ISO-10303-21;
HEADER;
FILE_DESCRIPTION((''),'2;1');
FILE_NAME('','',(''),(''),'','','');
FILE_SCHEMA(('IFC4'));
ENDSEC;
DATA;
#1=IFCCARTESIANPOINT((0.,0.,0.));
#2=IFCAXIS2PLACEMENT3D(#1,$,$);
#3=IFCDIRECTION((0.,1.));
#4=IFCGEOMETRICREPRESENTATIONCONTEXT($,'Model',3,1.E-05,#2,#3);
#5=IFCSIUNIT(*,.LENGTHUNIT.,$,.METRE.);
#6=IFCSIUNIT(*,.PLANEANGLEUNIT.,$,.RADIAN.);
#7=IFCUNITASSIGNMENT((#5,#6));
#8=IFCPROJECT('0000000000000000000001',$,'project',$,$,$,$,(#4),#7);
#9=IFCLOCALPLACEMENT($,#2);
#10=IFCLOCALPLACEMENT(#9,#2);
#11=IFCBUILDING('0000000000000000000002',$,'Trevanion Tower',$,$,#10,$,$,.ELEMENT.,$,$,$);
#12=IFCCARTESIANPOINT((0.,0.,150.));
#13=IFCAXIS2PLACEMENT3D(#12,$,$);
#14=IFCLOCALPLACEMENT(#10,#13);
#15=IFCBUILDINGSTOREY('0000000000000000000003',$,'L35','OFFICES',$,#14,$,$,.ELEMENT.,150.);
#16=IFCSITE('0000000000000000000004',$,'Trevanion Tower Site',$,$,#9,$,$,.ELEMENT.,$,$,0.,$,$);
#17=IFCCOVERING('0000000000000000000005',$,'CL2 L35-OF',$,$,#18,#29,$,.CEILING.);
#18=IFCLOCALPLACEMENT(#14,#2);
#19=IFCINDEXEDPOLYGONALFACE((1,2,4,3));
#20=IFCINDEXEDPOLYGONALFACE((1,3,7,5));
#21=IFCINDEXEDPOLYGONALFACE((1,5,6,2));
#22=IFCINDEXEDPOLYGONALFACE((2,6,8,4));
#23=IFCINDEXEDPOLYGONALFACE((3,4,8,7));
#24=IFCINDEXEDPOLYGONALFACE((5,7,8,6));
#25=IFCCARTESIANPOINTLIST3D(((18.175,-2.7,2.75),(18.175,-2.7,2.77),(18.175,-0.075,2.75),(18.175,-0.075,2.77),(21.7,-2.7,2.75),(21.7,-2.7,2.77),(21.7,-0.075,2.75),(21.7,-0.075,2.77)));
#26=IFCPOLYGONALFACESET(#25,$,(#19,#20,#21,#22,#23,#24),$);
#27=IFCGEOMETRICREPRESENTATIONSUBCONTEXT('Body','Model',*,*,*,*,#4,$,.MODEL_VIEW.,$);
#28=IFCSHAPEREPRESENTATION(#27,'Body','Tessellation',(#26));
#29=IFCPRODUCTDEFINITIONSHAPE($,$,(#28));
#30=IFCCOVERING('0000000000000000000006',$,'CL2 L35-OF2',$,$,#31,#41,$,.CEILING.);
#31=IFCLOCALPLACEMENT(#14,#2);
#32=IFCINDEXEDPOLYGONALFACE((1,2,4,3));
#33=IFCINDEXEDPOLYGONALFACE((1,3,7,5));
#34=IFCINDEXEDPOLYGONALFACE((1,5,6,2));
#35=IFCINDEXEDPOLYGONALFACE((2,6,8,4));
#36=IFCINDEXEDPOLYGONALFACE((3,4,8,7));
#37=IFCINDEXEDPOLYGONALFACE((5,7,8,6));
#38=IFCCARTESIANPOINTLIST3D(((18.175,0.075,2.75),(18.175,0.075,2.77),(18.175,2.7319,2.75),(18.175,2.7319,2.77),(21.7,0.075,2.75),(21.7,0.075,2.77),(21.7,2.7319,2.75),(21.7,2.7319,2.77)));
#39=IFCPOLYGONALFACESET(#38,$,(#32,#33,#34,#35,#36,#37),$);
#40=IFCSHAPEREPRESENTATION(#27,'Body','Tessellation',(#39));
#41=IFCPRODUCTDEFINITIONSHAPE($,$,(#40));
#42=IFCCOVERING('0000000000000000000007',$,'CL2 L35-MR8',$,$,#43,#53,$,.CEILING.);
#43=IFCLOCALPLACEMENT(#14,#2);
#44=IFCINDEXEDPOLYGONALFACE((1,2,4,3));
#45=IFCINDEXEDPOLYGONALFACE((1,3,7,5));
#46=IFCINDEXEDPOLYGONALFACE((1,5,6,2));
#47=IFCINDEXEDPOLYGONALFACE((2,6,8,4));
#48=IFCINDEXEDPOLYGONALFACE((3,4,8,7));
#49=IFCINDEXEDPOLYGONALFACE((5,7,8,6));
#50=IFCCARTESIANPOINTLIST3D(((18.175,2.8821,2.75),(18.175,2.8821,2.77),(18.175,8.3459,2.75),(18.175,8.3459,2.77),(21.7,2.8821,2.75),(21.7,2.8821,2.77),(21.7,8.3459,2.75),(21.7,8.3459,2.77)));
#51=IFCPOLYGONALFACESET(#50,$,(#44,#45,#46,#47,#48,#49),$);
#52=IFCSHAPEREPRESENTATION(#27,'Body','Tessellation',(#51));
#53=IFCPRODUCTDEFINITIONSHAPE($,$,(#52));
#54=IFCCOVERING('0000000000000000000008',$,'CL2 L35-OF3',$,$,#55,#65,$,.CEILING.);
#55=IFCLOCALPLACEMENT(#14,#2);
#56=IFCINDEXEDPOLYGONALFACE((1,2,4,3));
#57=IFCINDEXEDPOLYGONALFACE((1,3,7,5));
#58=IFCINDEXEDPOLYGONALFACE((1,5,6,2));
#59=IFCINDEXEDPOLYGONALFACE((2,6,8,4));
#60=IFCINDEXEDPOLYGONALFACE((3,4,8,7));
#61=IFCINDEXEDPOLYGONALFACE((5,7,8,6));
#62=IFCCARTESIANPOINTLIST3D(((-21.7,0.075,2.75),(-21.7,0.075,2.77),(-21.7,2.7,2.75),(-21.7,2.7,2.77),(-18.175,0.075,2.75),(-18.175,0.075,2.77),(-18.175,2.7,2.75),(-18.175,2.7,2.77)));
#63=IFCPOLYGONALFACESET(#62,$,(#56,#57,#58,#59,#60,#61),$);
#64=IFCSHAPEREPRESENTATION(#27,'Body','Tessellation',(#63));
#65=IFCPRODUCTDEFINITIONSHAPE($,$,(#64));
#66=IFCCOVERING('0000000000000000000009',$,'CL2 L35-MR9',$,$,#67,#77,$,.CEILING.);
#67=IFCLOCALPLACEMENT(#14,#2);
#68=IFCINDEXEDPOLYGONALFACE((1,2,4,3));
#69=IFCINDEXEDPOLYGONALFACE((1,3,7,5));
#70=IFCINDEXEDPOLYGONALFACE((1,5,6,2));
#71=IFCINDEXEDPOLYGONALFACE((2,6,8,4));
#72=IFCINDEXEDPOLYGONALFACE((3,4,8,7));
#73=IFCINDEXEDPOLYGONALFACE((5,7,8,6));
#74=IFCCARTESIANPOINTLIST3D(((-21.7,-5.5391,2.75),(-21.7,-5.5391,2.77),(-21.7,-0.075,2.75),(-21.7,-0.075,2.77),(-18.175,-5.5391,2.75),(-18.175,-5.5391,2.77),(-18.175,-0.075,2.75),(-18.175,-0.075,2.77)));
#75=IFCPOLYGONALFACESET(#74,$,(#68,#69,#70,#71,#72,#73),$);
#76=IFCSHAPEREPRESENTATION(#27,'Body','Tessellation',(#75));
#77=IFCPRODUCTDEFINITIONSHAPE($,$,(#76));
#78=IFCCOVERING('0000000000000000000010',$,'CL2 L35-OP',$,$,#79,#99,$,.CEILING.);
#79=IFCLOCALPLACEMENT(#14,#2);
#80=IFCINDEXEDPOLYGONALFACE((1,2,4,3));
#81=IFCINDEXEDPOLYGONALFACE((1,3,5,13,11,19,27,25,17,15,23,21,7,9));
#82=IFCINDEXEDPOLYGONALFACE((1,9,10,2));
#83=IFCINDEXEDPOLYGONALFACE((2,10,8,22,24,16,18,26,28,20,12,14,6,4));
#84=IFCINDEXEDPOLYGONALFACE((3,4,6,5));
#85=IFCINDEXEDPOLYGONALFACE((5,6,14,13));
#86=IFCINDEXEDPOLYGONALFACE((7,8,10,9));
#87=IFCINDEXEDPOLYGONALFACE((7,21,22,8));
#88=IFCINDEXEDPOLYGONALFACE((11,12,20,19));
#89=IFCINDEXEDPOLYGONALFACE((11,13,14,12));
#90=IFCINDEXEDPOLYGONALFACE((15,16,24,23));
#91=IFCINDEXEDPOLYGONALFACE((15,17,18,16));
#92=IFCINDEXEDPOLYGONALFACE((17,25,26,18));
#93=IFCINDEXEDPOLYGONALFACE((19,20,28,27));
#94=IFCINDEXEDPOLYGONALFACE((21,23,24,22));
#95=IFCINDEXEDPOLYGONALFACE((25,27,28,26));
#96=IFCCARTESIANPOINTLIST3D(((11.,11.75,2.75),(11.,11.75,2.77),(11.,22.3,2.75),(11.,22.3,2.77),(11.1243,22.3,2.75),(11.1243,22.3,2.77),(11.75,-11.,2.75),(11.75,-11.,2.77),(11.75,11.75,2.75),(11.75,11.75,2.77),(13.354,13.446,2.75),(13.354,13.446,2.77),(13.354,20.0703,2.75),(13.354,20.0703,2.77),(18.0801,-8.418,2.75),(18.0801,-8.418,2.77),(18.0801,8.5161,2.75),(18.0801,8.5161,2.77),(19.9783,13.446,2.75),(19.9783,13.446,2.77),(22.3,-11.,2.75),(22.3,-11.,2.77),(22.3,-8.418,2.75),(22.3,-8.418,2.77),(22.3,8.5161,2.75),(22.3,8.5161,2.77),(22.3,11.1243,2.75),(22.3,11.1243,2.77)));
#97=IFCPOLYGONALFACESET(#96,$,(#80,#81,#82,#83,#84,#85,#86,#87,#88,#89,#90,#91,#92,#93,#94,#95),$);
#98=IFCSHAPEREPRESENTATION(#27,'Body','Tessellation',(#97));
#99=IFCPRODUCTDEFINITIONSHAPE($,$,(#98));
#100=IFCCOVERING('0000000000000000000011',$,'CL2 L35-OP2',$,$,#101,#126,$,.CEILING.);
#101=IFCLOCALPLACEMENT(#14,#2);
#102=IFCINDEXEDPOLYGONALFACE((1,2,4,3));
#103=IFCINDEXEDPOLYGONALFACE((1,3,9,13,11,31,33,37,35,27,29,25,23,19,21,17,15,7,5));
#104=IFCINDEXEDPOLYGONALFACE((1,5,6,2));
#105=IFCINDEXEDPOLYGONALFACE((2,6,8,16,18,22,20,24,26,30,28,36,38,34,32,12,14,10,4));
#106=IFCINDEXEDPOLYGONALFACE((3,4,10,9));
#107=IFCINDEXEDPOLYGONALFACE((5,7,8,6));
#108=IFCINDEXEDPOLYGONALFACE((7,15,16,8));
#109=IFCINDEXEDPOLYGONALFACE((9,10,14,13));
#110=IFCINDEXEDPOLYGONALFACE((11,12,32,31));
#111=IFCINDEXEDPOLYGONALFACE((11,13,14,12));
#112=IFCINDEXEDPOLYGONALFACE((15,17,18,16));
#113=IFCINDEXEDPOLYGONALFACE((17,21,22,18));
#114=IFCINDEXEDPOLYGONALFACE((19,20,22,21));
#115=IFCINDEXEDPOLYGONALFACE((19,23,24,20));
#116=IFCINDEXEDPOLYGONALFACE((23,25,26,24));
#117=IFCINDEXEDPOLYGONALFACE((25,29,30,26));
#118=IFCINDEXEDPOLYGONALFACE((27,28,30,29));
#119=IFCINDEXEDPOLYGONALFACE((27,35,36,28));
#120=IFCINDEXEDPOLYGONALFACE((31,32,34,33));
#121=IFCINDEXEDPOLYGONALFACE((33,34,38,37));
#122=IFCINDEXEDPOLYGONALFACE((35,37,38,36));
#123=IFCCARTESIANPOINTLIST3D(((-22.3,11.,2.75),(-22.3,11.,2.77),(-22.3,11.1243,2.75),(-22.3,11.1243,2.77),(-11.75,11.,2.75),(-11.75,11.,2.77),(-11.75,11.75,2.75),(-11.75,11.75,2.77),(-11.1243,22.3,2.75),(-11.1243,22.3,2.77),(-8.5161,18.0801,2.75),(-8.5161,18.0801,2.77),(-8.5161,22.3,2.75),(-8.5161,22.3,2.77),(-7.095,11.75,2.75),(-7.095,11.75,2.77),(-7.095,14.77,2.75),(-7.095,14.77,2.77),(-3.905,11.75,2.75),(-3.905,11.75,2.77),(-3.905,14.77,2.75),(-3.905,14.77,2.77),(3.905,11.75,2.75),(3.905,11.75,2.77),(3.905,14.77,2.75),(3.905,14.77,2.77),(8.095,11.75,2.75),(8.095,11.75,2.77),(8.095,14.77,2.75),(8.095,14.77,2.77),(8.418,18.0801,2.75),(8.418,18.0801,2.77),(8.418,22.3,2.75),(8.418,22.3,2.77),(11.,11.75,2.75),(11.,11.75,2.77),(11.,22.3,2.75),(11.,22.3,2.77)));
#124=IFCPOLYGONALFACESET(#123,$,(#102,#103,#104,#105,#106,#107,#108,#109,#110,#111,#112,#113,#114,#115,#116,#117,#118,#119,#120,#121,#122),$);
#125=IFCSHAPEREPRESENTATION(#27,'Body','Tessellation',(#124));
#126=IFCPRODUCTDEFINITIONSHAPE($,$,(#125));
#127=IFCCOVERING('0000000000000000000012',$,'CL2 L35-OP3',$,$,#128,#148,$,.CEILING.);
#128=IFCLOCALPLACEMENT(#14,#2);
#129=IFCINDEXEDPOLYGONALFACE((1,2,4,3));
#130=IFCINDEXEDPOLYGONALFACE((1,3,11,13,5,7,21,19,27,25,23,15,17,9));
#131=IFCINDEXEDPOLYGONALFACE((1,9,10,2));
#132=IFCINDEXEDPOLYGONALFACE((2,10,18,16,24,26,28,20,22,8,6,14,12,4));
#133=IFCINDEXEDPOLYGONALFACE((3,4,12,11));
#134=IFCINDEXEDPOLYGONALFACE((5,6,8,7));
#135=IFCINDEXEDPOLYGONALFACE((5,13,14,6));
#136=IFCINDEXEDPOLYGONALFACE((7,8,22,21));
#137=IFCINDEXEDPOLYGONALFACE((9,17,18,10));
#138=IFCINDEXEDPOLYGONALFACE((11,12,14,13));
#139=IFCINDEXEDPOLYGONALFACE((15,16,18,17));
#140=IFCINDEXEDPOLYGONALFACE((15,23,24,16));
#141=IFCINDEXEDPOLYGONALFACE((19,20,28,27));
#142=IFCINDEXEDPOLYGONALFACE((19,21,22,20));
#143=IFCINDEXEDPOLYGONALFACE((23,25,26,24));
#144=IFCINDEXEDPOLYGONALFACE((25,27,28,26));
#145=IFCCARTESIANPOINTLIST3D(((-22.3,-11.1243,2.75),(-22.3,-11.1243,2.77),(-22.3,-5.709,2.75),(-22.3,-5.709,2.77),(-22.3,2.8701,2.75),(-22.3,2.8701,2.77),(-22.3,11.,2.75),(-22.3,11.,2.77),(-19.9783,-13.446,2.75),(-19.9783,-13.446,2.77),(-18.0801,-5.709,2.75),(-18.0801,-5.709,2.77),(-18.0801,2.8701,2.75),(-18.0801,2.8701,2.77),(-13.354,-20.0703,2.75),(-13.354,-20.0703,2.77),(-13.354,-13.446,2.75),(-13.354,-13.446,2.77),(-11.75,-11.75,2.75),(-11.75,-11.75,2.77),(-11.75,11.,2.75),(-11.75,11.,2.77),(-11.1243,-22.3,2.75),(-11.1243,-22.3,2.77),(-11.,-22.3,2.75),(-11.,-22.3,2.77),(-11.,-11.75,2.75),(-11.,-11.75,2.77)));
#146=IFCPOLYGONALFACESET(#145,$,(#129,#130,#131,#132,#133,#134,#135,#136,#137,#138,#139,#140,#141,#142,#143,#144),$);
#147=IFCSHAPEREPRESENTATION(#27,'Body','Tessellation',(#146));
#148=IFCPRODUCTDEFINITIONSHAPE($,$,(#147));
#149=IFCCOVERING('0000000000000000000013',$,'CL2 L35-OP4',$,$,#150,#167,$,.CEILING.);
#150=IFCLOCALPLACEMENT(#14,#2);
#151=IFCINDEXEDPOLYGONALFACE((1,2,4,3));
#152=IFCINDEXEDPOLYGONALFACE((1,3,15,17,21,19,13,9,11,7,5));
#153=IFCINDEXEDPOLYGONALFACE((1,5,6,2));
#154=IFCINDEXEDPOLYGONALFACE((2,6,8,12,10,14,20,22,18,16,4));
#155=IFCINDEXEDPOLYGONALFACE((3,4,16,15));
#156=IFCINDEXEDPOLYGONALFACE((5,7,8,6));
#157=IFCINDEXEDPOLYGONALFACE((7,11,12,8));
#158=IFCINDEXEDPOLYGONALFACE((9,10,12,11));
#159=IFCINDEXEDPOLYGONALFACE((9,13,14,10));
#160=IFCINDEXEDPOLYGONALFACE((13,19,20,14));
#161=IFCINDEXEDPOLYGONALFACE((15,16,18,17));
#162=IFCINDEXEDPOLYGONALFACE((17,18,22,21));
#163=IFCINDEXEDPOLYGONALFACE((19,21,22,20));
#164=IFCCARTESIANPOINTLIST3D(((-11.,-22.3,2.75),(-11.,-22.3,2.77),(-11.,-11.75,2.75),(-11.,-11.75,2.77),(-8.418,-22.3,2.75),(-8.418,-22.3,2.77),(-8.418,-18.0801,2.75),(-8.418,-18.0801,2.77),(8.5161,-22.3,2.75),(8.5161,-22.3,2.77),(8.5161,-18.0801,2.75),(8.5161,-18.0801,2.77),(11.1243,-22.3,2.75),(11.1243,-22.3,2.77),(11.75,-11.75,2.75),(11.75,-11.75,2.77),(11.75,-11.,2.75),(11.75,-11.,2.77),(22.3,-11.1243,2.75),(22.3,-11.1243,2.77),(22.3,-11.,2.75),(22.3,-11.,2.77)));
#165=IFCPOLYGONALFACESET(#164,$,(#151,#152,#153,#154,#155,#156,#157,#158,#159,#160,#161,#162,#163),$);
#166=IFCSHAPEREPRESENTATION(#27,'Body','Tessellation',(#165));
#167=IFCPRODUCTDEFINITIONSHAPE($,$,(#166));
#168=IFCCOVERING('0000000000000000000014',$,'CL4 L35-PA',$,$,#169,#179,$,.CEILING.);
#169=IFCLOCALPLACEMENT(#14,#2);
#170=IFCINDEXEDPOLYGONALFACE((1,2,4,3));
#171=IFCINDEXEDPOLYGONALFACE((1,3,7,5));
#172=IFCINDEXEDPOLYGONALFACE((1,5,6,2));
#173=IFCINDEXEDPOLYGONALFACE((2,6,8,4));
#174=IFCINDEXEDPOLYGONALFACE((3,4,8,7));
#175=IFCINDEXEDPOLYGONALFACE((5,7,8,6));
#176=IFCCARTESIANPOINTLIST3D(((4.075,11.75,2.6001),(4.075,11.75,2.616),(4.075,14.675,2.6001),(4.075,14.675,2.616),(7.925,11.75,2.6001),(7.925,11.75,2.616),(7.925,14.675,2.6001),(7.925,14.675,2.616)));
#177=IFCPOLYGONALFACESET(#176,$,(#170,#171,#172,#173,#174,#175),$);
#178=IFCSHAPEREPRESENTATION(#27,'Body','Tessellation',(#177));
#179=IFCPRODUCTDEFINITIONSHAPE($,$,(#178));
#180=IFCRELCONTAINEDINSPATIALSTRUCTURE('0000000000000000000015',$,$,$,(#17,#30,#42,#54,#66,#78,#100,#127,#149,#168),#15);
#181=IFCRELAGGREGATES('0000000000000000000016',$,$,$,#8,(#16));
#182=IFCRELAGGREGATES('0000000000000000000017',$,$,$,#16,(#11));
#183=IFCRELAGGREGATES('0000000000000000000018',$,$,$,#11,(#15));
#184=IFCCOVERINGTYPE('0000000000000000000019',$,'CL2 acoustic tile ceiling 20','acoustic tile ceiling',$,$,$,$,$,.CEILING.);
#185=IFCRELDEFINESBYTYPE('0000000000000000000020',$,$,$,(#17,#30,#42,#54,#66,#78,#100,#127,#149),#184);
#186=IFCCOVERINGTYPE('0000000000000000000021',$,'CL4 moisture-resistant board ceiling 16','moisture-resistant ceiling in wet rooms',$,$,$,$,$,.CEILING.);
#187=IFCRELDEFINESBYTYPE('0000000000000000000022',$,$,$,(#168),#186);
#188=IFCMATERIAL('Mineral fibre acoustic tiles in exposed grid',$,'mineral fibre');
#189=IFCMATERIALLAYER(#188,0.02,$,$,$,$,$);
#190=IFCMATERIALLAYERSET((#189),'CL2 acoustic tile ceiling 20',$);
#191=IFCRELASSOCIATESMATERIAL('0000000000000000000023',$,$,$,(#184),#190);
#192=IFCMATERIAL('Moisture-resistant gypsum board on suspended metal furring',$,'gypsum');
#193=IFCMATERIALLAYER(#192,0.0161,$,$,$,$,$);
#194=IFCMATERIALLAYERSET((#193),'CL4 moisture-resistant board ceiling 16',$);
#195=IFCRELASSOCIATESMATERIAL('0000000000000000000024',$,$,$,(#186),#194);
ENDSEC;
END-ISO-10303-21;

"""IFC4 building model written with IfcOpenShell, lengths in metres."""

from ifc_helpers import new_model, si_unit, direction, frame, origin, place, context, subcontext, project, spatial, polyline, outline, extrude, material, layer, layer_set, type_object, element, save


model = new_model("IFC4")

# Units and contexts
model_context = context("Model", 3, precision=1e-05, world=origin(), true_north=direction((0.0, 1.0)))
body_context = subcontext(model_context, "Body", "Model", "MODEL_VIEW")
ifc_project = project(units=[si_unit("LENGTHUNIT", "METRE"), si_unit("PLANEANGLEUNIT", "RADIAN")], contexts=[model_context])

# Site, building, storey
site_placement = place(None, origin())
site = spatial("IfcSite", under=ifc_project, at=site_placement, Name="Trevanion Tower Site", CompositionType="ELEMENT", RefElevation=0.0)
building_placement = place(site_placement, origin())
building = spatial("IfcBuilding", under=site, at=building_placement, Name="Trevanion Tower", CompositionType="ELEMENT")
storey_placement = place(building_placement, frame((0.0, 0.0, 150.0)))
storey = spatial("IfcBuildingStorey", under=building, at=storey_placement, Name="L35", Description="OFFICES", CompositionType="ELEMENT", Elevation=150.0)

# Coverings
ifc_material_1 = material(Name="Mineral fibre acoustic tiles in exposed grid", Category="mineral fibre")
ifc_layer_1 = layer(ifc_material_1, 0.02)
ifc_layer_set_1 = layer_set([ifc_layer_1], Name="CL2 acoustic tile ceiling 20")
covering_type_1 = type_object("IfcCoveringType", Name="CL2 acoustic tile ceiling 20", Description="acoustic tile ceiling", PredefinedType="CEILING", material=ifc_layer_set_1)
covering_1_placement = place(storey_placement, frame((0.0, 0.0, 2.75)))
element("IfcCovering", 1, at=covering_1_placement, inside=storey, type_object=covering_type_1, Name="CL2 L35-OF", PredefinedType="CEILING", context=body_context, shape_type="SweptSolid", body=[
    extrude(outline(polyline([(18.175, -2.7), (18.175, -0.075), (21.7, -0.075), (21.7, -2.7), (18.175, -2.7)])), origin(), (0.0, 0.0, 1.0), 0.02),
])
covering_2_placement = place(storey_placement, frame((0.0, 0.0, 2.75)))
element("IfcCovering", 2, at=covering_2_placement, inside=storey, type_object=covering_type_1, Name="CL2 L35-OF2", PredefinedType="CEILING", context=body_context, shape_type="SweptSolid", body=[
    extrude(outline(polyline([(18.175, 0.075), (18.175, 2.7319), (21.7, 2.7319), (21.7, 0.075), (18.175, 0.075)])), origin(), (0.0, 0.0, 1.0), 0.02),
])
covering_3_placement = place(storey_placement, frame((0.0, 0.0, 2.75)))
element("IfcCovering", 3, at=covering_3_placement, inside=storey, type_object=covering_type_1, Name="CL2 L35-MR8", PredefinedType="CEILING", context=body_context, shape_type="SweptSolid", body=[
    extrude(outline(polyline([(18.175, 2.8821), (18.175, 8.3459), (21.7, 8.3459), (21.7, 2.8821), (18.175, 2.8821)])), origin(), (0.0, 0.0, 1.0), 0.02),
])
covering_4_placement = place(storey_placement, frame((0.0, 0.0, 2.75)))
element("IfcCovering", 4, at=covering_4_placement, inside=storey, type_object=covering_type_1, Name="CL2 L35-OF3", PredefinedType="CEILING", context=body_context, shape_type="SweptSolid", body=[
    extrude(outline(polyline([(-18.175, 2.7), (-18.175, 0.075), (-21.7, 0.075), (-21.7, 2.7), (-18.175, 2.7)])), origin(), (0.0, 0.0, 1.0), 0.02),
])
covering_5_placement = place(storey_placement, frame((0.0, 0.0, 2.75)))
element("IfcCovering", 5, at=covering_5_placement, inside=storey, type_object=covering_type_1, Name="CL2 L35-MR9", PredefinedType="CEILING", context=body_context, shape_type="SweptSolid", body=[
    extrude(outline(polyline([(-18.175, -0.075), (-18.175, -5.5391), (-21.7, -5.5391), (-21.7, -0.075), (-18.175, -0.075)])), origin(), (0.0, 0.0, 1.0), 0.02),
])
covering_6_placement = place(storey_placement, frame((0.0, 0.0, 2.75)))
element("IfcCovering", 6, at=covering_6_placement, inside=storey, type_object=covering_type_1, Name="CL2 L35-OP", PredefinedType="CEILING", context=body_context, shape_type="SweptSolid", body=[
    extrude(outline(polyline([(11.75, 11.75), (11.0, 11.75), (11.0, 22.3), (11.1243, 22.3), (13.354, 20.0703), (13.354, 13.446), (19.9783, 13.446), (22.3, 11.1243), (22.3, 8.5161), (18.0801, 8.5161), (18.0801, -8.418), (22.3, -8.418), (22.3, -11.0), (11.75, -11.0), (11.75, 11.75)])), origin(), (0.0, 0.0, 1.0), 0.02),
])
covering_7_placement = place(storey_placement, frame((0.0, 0.0, 2.75)))
element("IfcCovering", 7, at=covering_7_placement, inside=storey, type_object=covering_type_1, Name="CL2 L35-OP2", PredefinedType="CEILING", context=body_context, shape_type="SweptSolid", body=[
    extrude(outline(polyline([(8.095, 11.75), (8.095, 14.77), (3.905, 14.77), (3.905, 11.75), (-3.905, 11.75), (-3.905, 14.77), (-7.095, 14.77), (-7.095, 11.75), (-11.75, 11.75), (-11.75, 11.0), (-22.3, 11.0), (-22.3, 11.1243), (-11.1243, 22.3), (-8.5161, 22.3), (-8.5161, 18.0801), (8.418, 18.0801), (8.418, 22.3), (11.0, 22.3), (11.0, 11.75), (8.095, 11.75)])), origin(), (0.0, 0.0, 1.0), 0.02),
])
covering_8_placement = place(storey_placement, frame((0.0, 0.0, 2.75)))
element("IfcCovering", 8, at=covering_8_placement, inside=storey, type_object=covering_type_1, Name="CL2 L35-OP3", PredefinedType="CEILING", context=body_context, shape_type="SweptSolid", body=[
    extrude(outline(polyline([(-11.75, -11.75), (-11.0, -11.75), (-11.0, -22.3), (-11.1243, -22.3), (-13.354, -20.0703), (-13.354, -13.446), (-19.9783, -13.446), (-22.3, -11.1243), (-22.3, -5.709), (-18.0801, -5.709), (-18.0801, 2.8701), (-22.3, 2.8701), (-22.3, 11.0), (-11.75, 11.0), (-11.75, -11.75)])), origin(), (0.0, 0.0, 1.0), 0.02),
])
covering_9_placement = place(storey_placement, frame((0.0, 0.0, 2.75)))
element("IfcCovering", 9, at=covering_9_placement, inside=storey, type_object=covering_type_1, Name="CL2 L35-OP4", PredefinedType="CEILING", context=body_context, shape_type="SweptSolid", body=[
    extrude(outline(polyline([(11.75, -11.75), (11.75, -11.0), (22.3, -11.0), (22.3, -11.1243), (11.1243, -22.3), (8.5161, -22.3), (8.5161, -18.0801), (-8.418, -18.0801), (-8.418, -22.3), (-11.0, -22.3), (-11.0, -11.75), (11.75, -11.75)])), origin(), (0.0, 0.0, 1.0), 0.02),
])
ifc_material_2 = material(Name="Moisture-resistant gypsum board on suspended metal furring", Category="gypsum")
ifc_layer_2 = layer(ifc_material_2, 0.0161)
ifc_layer_set_2 = layer_set([ifc_layer_2], Name="CL4 moisture-resistant board ceiling 16")
covering_type_2 = type_object("IfcCoveringType", Name="CL4 moisture-resistant board ceiling 16", Description="moisture-resistant ceiling in wet rooms", PredefinedType="CEILING", material=ifc_layer_set_2)
covering_10_placement = place(storey_placement, frame((0.0, 0.0, 2.6001)))
element("IfcCovering", 10, at=covering_10_placement, inside=storey, type_object=covering_type_2, Name="CL4 L35-PA", PredefinedType="CEILING", context=body_context, shape_type="SweptSolid", body=[
    extrude(outline(polyline([(4.075, 14.675), (7.925, 14.675), (7.925, 11.75), (4.075, 11.75), (4.075, 14.675)])), origin(), (0.0, 0.0, 1.0), 0.0159),
])

save(model, "model.ifc")
